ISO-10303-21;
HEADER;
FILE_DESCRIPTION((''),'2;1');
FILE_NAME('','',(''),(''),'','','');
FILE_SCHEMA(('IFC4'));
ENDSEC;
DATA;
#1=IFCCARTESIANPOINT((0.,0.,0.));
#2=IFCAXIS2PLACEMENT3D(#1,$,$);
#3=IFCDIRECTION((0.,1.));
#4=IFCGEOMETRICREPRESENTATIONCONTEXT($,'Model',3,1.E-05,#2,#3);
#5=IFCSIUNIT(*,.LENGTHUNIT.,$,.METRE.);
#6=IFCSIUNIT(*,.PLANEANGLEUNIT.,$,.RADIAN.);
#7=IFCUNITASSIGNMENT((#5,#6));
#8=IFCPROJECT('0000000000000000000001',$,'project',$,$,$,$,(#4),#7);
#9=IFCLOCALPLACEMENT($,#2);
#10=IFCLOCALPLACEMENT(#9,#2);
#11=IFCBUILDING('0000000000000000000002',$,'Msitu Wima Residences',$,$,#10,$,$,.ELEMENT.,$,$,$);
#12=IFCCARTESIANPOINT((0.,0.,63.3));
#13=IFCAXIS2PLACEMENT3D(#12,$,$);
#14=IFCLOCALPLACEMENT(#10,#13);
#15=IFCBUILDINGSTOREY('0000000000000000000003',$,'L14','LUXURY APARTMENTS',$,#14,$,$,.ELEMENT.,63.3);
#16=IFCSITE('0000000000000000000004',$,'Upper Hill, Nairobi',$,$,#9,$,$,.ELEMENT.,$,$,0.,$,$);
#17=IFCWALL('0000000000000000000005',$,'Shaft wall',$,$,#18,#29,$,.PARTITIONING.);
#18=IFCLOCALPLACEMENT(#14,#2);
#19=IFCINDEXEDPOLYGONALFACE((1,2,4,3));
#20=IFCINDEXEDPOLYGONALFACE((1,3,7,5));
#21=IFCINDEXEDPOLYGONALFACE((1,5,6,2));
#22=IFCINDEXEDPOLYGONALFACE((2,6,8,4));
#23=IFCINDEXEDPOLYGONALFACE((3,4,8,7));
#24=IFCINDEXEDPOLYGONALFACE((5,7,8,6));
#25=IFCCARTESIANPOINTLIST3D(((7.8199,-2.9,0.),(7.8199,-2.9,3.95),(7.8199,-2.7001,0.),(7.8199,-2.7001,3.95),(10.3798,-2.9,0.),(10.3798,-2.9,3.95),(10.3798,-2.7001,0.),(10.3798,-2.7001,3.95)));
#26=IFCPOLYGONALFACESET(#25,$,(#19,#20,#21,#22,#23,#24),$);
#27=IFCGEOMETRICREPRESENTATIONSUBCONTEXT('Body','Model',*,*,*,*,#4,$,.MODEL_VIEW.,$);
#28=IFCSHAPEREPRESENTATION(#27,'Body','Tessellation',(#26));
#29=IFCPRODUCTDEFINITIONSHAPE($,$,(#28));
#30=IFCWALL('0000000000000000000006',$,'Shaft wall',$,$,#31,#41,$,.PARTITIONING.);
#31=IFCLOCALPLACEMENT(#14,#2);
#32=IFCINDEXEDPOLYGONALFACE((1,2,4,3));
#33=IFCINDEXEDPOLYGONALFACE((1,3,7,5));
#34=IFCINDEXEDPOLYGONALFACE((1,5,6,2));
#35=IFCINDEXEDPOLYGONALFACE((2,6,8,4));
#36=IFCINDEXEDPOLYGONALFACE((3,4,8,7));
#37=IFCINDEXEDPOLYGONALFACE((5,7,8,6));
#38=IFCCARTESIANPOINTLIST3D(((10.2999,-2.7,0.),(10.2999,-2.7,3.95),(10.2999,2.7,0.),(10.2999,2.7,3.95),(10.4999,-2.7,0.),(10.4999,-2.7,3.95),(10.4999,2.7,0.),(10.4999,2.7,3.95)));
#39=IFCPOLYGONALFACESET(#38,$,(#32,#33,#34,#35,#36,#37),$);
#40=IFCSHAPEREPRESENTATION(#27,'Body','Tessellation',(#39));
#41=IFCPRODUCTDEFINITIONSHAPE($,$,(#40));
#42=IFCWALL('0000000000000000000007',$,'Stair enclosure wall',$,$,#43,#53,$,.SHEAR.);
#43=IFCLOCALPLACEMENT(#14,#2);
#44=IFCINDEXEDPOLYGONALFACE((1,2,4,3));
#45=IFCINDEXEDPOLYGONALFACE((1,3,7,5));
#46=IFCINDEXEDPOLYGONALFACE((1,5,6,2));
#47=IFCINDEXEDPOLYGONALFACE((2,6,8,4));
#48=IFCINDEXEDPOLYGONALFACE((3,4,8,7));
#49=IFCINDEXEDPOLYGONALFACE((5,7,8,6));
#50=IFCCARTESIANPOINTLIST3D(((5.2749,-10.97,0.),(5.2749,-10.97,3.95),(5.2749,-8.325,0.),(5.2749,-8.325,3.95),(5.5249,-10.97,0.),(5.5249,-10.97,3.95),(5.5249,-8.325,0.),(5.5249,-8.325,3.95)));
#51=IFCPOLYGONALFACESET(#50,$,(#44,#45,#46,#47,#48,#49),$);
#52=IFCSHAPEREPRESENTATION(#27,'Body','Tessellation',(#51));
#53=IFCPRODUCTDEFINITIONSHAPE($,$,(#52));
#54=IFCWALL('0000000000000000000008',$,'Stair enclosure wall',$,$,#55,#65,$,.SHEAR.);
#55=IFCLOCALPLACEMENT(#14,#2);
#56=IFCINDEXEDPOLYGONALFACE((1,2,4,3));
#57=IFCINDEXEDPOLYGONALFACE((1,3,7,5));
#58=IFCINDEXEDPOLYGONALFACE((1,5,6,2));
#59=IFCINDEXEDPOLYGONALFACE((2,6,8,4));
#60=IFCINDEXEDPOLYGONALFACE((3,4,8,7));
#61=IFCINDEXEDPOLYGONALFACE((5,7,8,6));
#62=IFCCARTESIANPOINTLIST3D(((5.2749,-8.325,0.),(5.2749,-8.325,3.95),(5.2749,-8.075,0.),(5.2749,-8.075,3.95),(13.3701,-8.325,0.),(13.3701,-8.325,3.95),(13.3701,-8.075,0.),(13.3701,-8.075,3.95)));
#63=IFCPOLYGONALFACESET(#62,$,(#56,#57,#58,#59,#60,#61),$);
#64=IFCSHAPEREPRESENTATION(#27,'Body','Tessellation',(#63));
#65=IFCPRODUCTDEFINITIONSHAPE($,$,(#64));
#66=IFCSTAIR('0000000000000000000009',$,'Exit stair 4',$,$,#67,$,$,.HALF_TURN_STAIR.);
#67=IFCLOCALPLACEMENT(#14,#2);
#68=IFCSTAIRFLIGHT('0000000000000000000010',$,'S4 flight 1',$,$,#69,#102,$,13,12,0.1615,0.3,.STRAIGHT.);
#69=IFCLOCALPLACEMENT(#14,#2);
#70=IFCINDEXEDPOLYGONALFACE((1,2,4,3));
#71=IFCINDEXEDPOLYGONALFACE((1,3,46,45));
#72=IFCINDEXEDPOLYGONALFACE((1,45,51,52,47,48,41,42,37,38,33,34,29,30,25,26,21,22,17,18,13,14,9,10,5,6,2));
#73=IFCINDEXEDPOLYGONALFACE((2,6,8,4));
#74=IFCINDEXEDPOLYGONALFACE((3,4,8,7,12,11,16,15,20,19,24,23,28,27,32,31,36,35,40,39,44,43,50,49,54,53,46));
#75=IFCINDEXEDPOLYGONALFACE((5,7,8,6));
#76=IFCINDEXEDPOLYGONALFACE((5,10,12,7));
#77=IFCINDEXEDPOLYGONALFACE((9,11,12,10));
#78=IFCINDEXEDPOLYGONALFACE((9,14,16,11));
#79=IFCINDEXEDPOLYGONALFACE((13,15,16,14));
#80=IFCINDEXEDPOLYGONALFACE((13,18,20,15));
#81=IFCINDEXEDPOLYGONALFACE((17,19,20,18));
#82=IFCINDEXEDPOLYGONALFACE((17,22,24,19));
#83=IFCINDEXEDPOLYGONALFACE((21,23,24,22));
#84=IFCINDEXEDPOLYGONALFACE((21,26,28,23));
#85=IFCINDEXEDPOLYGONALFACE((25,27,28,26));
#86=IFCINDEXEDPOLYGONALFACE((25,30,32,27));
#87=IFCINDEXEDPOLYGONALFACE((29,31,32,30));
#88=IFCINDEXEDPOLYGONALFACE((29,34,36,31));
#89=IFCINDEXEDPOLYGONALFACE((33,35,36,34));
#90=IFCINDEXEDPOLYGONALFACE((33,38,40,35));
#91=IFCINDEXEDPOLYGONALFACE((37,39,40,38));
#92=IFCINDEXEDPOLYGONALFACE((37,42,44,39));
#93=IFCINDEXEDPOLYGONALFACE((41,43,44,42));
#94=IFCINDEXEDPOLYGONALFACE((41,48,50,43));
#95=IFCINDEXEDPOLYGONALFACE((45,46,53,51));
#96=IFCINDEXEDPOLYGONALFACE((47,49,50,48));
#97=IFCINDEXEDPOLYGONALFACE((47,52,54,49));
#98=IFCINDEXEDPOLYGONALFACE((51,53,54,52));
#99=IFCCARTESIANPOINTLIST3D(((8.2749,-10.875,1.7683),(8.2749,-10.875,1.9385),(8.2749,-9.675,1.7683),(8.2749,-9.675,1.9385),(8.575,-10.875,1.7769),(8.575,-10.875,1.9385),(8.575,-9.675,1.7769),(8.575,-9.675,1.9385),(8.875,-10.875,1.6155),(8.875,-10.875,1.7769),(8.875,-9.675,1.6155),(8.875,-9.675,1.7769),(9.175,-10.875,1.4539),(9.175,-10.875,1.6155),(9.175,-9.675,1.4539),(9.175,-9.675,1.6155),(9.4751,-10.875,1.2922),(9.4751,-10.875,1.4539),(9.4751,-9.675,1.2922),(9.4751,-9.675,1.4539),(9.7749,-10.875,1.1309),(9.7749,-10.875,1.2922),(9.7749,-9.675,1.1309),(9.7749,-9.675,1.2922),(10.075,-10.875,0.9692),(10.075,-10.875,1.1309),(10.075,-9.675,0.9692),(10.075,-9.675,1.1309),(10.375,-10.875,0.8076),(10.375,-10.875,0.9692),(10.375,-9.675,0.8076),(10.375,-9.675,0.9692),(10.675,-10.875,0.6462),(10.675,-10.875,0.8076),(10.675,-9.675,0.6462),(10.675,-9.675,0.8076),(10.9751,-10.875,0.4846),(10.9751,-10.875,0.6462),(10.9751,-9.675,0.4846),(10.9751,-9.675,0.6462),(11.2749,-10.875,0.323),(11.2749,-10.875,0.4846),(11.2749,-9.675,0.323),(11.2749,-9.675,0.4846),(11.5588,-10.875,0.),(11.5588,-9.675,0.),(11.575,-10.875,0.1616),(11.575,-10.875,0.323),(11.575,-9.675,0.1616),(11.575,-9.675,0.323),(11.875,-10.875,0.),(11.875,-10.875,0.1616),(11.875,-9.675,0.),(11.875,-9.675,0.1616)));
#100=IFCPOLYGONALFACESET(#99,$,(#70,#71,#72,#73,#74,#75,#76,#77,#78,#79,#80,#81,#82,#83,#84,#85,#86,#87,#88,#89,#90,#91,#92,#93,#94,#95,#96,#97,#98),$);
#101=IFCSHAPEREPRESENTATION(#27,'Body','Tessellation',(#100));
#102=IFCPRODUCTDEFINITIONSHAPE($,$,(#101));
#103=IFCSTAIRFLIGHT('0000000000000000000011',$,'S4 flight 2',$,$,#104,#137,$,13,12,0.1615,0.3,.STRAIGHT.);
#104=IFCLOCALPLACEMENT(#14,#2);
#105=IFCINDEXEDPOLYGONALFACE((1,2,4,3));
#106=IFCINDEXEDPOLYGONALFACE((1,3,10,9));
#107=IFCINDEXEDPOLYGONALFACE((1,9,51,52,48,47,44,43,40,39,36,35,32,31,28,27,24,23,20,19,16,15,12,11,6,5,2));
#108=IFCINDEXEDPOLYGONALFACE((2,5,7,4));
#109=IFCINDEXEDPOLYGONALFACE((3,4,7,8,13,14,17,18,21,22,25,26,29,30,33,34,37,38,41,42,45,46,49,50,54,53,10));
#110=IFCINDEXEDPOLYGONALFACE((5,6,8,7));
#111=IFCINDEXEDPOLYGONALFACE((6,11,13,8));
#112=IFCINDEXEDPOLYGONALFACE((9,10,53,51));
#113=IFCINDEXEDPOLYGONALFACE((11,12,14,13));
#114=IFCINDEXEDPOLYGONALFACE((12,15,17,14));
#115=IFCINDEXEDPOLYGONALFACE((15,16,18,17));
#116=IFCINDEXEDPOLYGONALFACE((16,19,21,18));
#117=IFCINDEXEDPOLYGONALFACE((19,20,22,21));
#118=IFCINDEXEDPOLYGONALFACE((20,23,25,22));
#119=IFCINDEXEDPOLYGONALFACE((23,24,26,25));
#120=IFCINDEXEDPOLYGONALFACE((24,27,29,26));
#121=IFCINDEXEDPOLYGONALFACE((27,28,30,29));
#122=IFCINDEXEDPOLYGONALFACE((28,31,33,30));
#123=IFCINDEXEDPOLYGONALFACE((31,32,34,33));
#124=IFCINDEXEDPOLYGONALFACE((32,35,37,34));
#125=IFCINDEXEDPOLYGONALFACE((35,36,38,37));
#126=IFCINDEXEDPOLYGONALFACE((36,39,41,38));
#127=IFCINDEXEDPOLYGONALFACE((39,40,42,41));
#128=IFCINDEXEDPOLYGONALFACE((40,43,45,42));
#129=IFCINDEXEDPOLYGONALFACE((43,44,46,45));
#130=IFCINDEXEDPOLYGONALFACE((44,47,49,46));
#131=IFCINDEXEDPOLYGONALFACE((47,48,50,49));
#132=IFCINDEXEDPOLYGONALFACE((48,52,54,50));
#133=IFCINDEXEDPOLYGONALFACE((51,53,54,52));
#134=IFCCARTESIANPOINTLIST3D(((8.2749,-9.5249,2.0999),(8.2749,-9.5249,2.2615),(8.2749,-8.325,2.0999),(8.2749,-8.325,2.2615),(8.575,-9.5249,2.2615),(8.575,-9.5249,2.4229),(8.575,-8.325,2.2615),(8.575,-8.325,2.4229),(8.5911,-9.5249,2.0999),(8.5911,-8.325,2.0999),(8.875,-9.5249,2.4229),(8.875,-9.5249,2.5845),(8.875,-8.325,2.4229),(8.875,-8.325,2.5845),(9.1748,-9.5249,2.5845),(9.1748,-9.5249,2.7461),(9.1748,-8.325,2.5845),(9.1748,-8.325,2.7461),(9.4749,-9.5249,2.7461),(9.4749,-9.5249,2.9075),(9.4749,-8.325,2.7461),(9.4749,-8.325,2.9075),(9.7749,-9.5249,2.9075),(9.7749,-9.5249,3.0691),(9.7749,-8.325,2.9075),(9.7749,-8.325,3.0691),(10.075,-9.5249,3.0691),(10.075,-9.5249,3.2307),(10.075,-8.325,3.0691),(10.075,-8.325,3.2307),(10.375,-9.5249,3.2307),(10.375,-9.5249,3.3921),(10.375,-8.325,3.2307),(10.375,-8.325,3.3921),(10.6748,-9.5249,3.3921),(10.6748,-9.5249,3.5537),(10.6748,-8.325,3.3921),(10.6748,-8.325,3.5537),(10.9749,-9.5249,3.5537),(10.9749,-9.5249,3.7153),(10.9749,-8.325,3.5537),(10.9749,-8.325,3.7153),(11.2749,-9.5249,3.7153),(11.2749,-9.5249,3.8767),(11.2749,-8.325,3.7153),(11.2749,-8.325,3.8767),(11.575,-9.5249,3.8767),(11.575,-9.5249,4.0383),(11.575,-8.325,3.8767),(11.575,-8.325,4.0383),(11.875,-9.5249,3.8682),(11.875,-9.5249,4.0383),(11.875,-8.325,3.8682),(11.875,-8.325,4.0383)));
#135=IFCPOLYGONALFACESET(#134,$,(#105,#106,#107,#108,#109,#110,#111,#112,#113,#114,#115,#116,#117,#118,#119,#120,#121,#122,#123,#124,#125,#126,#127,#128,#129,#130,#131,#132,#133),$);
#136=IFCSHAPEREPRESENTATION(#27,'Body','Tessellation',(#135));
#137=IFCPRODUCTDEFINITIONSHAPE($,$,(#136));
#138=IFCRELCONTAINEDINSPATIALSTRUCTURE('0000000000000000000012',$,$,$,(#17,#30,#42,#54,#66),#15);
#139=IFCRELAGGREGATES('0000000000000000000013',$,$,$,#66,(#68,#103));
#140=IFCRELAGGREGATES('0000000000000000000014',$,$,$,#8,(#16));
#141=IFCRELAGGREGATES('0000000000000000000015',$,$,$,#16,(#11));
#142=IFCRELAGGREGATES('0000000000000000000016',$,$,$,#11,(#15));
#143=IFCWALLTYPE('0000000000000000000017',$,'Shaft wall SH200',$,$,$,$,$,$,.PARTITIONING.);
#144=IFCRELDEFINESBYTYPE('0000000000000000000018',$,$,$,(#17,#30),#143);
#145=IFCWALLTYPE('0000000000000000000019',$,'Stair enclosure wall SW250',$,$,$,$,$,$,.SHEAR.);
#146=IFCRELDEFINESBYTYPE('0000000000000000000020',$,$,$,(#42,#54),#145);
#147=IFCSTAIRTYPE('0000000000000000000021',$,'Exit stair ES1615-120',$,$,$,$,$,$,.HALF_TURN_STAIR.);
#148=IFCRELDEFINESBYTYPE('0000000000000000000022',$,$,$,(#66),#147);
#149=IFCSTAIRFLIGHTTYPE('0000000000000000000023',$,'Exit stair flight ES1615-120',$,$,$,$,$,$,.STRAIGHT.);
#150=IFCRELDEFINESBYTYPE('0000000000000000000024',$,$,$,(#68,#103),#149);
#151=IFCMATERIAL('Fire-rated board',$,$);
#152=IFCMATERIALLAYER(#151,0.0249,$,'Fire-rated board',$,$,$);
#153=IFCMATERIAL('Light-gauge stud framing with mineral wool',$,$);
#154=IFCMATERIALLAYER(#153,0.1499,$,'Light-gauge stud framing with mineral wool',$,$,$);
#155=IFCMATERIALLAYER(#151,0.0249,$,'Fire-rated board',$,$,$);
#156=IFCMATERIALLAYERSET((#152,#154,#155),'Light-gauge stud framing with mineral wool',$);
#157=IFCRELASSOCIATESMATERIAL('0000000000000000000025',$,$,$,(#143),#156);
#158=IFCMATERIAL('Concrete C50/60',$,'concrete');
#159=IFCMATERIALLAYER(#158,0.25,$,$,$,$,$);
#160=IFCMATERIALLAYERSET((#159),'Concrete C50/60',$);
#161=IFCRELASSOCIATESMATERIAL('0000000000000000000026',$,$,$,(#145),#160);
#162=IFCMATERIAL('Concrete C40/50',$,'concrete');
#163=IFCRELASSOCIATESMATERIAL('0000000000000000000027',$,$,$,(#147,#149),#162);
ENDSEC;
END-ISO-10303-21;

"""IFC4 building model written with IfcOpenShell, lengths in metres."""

from ifc_helpers import new_model, si_unit, direction, frame, frame_2d, origin, place, context, subcontext, project, spatial, polyline, rectangle, outline, extrude, material, layer, layer_set, type_object, element, aggregate, save


model = new_model("IFC4")

# Units and contexts
model_context = context("Model", 3, precision=1e-05, world=origin(), true_north=direction((0.0, 1.0)))
body_context = subcontext(model_context, "Body", "Model", "MODEL_VIEW")
ifc_project = project(units=[si_unit("LENGTHUNIT", "METRE"), si_unit("PLANEANGLEUNIT", "RADIAN")], contexts=[model_context])

# Site, building, storey
site_placement = place(None, origin())
site = spatial("IfcSite", under=ifc_project, at=site_placement, Name="Upper Hill, Nairobi", CompositionType="ELEMENT", RefElevation=0.0)
building_placement = place(site_placement, origin())
building = spatial("IfcBuilding", under=site, at=building_placement, Name="Msitu Wima Residences", CompositionType="ELEMENT")
storey_placement = place(building_placement, frame((0.0, 0.0, 63.3)))
storey = spatial("IfcBuildingStorey", under=building, at=storey_placement, Name="L14", Description="LUXURY APARTMENTS", CompositionType="ELEMENT", Elevation=63.3)

# Shared definitions
ifc_material_1 = material(Name="Concrete C40/50", Category="concrete")

# Walls
ifc_material_2 = material(Name="Fire-rated board")
ifc_layer_1 = layer(ifc_material_2, 0.0249, Name="Fire-rated board")
ifc_material_3 = material(Name="Light-gauge stud framing with mineral wool")
ifc_layer_2 = layer(ifc_material_3, 0.1499, Name="Light-gauge stud framing with mineral wool")
ifc_layer_3 = layer(ifc_material_2, 0.0249, Name="Fire-rated board")
ifc_layer_set_1 = layer_set([ifc_layer_1, ifc_layer_2, ifc_layer_3], Name="Light-gauge stud framing with mineral wool")
wall_type_1 = type_object("IfcWallType", Name="Shaft wall SH200", PredefinedType="PARTITIONING", material=ifc_layer_set_1)
wall_1_placement = place(storey_placement, frame((7.8201, -2.8, 0.0), z_axis=(0.0, 0.0, 1.0), x_axis=(1.0, 0.0, 0.0)))
element("IfcWall", 1, at=wall_1_placement, inside=storey, type_object=wall_type_1, Name="Shaft wall", PredefinedType="PARTITIONING", context=body_context, shape_type="SweptSolid", body=[
    extrude(rectangle(XDim=2.5598, YDim=0.2, at=frame_2d((1.2798, 0.0))), origin(), (0.0, 0.0, 1.0), 3.95),
])
wall_2_placement = place(storey_placement, frame((10.3999, -2.7, 0.0), z_axis=(0.0, 0.0, 1.0), x_axis=(0.0, 1.0, 0.0)))
element("IfcWall", 2, at=wall_2_placement, inside=storey, type_object=wall_type_1, Name="Shaft wall", PredefinedType="PARTITIONING", context=body_context, shape_type="SweptSolid", body=[
    extrude(rectangle(XDim=5.3999, YDim=0.2, at=frame_2d((2.7, 0.0))), origin(), (0.0, 0.0, 1.0), 3.95),
])
ifc_material_4 = material(Name="Concrete C50/60", Category="concrete")
ifc_layer_4 = layer(ifc_material_4, 0.25)
ifc_layer_set_2 = layer_set([ifc_layer_4], Name="Concrete C50/60")
wall_type_2 = type_object("IfcWallType", Name="Stair enclosure wall SW250", PredefinedType="SHEAR", material=ifc_layer_set_2)
wall_3_placement = place(storey_placement, frame((5.3999, -10.97, 0.0), z_axis=(0.0, 0.0, 1.0), x_axis=(0.0, 1.0, 0.0)))
element("IfcWall", 3, at=wall_3_placement, inside=storey, type_object=wall_type_2, Name="Stair enclosure wall", PredefinedType="SHEAR", context=body_context, shape_type="SweptSolid", body=[
    extrude(rectangle(XDim=2.645, YDim=0.25, at=frame_2d((1.3225, 0.0))), origin(), (0.0, 0.0, 1.0), 3.95),
])
wall_4_placement = place(storey_placement, frame((5.2749, -8.2, 0.0), z_axis=(0.0, 0.0, 1.0), x_axis=(1.0, 0.0, 0.0)))
element("IfcWall", 4, at=wall_4_placement, inside=storey, type_object=wall_type_2, Name="Stair enclosure wall", PredefinedType="SHEAR", context=body_context, shape_type="SweptSolid", body=[
    extrude(rectangle(XDim=8.0952, YDim=0.25, at=frame_2d((4.0476, 0.0))), origin(), (0.0, 0.0, 1.0), 3.95),
])

# Stair, stair flights
stair_type = type_object("IfcStairType", Name="Exit stair ES1615-120", PredefinedType="HALF_TURN_STAIR", material=ifc_material_1)
stair_placement = place(storey_placement, origin())
stair = element("IfcStair", 5, at=stair_placement, inside=storey, type_object=stair_type, Name="Exit stair 4", PredefinedType="HALF_TURN_STAIR")
stair_flight_type = type_object("IfcStairFlightType", Name="Exit stair flight ES1615-120", PredefinedType="STRAIGHT", material=ifc_material_1)
stair_flight_1_placement = place(storey_placement, frame((11.875, -10.2749, 0.0), z_axis=(0.0, 0.0, 1.0), x_axis=(-1.0, 0.0, 0.0)))
stair_flight_1 = element("IfcStairFlight", 6, at=stair_flight_1_placement, type_object=stair_flight_type, Name="S4 flight 1", NumberOfRisers=13, NumberOfTreads=12, PredefinedType="STRAIGHT", RiserHeight=0.1615, TreadLength=0.3, context=body_context, shape_type="SweptSolid", body=[
    extrude(outline(polyline([(0.0, 0.0), (0.0, 0.1616), (0.3, 0.1616), (0.3, 0.323), (0.6001, 0.323), (0.6001, 0.4846), (0.8999, 0.4846), (0.8999, 0.6462), (1.2, 0.6462), (1.2, 0.8076), (1.5, 0.8076), (1.5, 0.9692), (1.8, 0.9692), (1.8, 1.1309), (2.1001, 1.1309), (2.1001, 1.2922), (2.3999, 1.2922), (2.3999, 1.4539), (2.7, 1.4539), (2.7, 1.6155), (3.0, 1.6155), (3.0, 1.7769), (3.3, 1.7769), (3.3, 1.9385), (3.6001, 1.9385), (3.6001, 2.1001), (3.6001, 1.7683), (0.3162, 0.0), (0.0, 0.0)])), frame((0.0, 0.6001, 0.0), z_axis=(0.0, -1.0, 0.0), x_axis=(1.0, 0.0, 0.0)), (0.0, 0.0, 1.0), 1.2),
])
stair_flight_2_placement = place(storey_placement, frame((8.2749, -8.925, 2.0999), z_axis=(0.0, 0.0, 1.0), x_axis=(1.0, 0.0, 0.0)))
stair_flight_2 = element("IfcStairFlight", 7, at=stair_flight_2_placement, type_object=stair_flight_type, Name="S4 flight 2", NumberOfRisers=13, NumberOfTreads=12, PredefinedType="STRAIGHT", RiserHeight=0.1615, TreadLength=0.3, context=body_context, shape_type="SweptSolid", body=[
    extrude(outline(polyline([(0.0, 0.0), (0.0, 0.1616), (0.3, 0.1616), (0.3, 0.323), (0.6001, 0.323), (0.6001, 0.4846), (0.8999, 0.4846), (0.8999, 0.6462), (1.2, 0.6462), (1.2, 0.8076), (1.5, 0.8076), (1.5, 0.9692), (1.8, 0.9692), (1.8, 1.1309), (2.1001, 1.1309), (2.1001, 1.2922), (2.3999, 1.2922), (2.3999, 1.4539), (2.7, 1.4539), (2.7, 1.6155), (3.0, 1.6155), (3.0, 1.7769), (3.3, 1.7769), (3.3, 1.9385), (3.6001, 1.9385), (3.6001, 2.1001), (3.6001, 1.7683), (0.3162, 0.0), (0.0, 0.0)])), frame((0.0, 0.6001, 0.0), z_axis=(0.0, -1.0, 0.0), x_axis=(1.0, 0.0, 0.0)), (0.0, 0.0, 1.0), 1.2),
])
aggregate(stair, [stair_flight_1, stair_flight_2])

save(model, "model.ifc")
